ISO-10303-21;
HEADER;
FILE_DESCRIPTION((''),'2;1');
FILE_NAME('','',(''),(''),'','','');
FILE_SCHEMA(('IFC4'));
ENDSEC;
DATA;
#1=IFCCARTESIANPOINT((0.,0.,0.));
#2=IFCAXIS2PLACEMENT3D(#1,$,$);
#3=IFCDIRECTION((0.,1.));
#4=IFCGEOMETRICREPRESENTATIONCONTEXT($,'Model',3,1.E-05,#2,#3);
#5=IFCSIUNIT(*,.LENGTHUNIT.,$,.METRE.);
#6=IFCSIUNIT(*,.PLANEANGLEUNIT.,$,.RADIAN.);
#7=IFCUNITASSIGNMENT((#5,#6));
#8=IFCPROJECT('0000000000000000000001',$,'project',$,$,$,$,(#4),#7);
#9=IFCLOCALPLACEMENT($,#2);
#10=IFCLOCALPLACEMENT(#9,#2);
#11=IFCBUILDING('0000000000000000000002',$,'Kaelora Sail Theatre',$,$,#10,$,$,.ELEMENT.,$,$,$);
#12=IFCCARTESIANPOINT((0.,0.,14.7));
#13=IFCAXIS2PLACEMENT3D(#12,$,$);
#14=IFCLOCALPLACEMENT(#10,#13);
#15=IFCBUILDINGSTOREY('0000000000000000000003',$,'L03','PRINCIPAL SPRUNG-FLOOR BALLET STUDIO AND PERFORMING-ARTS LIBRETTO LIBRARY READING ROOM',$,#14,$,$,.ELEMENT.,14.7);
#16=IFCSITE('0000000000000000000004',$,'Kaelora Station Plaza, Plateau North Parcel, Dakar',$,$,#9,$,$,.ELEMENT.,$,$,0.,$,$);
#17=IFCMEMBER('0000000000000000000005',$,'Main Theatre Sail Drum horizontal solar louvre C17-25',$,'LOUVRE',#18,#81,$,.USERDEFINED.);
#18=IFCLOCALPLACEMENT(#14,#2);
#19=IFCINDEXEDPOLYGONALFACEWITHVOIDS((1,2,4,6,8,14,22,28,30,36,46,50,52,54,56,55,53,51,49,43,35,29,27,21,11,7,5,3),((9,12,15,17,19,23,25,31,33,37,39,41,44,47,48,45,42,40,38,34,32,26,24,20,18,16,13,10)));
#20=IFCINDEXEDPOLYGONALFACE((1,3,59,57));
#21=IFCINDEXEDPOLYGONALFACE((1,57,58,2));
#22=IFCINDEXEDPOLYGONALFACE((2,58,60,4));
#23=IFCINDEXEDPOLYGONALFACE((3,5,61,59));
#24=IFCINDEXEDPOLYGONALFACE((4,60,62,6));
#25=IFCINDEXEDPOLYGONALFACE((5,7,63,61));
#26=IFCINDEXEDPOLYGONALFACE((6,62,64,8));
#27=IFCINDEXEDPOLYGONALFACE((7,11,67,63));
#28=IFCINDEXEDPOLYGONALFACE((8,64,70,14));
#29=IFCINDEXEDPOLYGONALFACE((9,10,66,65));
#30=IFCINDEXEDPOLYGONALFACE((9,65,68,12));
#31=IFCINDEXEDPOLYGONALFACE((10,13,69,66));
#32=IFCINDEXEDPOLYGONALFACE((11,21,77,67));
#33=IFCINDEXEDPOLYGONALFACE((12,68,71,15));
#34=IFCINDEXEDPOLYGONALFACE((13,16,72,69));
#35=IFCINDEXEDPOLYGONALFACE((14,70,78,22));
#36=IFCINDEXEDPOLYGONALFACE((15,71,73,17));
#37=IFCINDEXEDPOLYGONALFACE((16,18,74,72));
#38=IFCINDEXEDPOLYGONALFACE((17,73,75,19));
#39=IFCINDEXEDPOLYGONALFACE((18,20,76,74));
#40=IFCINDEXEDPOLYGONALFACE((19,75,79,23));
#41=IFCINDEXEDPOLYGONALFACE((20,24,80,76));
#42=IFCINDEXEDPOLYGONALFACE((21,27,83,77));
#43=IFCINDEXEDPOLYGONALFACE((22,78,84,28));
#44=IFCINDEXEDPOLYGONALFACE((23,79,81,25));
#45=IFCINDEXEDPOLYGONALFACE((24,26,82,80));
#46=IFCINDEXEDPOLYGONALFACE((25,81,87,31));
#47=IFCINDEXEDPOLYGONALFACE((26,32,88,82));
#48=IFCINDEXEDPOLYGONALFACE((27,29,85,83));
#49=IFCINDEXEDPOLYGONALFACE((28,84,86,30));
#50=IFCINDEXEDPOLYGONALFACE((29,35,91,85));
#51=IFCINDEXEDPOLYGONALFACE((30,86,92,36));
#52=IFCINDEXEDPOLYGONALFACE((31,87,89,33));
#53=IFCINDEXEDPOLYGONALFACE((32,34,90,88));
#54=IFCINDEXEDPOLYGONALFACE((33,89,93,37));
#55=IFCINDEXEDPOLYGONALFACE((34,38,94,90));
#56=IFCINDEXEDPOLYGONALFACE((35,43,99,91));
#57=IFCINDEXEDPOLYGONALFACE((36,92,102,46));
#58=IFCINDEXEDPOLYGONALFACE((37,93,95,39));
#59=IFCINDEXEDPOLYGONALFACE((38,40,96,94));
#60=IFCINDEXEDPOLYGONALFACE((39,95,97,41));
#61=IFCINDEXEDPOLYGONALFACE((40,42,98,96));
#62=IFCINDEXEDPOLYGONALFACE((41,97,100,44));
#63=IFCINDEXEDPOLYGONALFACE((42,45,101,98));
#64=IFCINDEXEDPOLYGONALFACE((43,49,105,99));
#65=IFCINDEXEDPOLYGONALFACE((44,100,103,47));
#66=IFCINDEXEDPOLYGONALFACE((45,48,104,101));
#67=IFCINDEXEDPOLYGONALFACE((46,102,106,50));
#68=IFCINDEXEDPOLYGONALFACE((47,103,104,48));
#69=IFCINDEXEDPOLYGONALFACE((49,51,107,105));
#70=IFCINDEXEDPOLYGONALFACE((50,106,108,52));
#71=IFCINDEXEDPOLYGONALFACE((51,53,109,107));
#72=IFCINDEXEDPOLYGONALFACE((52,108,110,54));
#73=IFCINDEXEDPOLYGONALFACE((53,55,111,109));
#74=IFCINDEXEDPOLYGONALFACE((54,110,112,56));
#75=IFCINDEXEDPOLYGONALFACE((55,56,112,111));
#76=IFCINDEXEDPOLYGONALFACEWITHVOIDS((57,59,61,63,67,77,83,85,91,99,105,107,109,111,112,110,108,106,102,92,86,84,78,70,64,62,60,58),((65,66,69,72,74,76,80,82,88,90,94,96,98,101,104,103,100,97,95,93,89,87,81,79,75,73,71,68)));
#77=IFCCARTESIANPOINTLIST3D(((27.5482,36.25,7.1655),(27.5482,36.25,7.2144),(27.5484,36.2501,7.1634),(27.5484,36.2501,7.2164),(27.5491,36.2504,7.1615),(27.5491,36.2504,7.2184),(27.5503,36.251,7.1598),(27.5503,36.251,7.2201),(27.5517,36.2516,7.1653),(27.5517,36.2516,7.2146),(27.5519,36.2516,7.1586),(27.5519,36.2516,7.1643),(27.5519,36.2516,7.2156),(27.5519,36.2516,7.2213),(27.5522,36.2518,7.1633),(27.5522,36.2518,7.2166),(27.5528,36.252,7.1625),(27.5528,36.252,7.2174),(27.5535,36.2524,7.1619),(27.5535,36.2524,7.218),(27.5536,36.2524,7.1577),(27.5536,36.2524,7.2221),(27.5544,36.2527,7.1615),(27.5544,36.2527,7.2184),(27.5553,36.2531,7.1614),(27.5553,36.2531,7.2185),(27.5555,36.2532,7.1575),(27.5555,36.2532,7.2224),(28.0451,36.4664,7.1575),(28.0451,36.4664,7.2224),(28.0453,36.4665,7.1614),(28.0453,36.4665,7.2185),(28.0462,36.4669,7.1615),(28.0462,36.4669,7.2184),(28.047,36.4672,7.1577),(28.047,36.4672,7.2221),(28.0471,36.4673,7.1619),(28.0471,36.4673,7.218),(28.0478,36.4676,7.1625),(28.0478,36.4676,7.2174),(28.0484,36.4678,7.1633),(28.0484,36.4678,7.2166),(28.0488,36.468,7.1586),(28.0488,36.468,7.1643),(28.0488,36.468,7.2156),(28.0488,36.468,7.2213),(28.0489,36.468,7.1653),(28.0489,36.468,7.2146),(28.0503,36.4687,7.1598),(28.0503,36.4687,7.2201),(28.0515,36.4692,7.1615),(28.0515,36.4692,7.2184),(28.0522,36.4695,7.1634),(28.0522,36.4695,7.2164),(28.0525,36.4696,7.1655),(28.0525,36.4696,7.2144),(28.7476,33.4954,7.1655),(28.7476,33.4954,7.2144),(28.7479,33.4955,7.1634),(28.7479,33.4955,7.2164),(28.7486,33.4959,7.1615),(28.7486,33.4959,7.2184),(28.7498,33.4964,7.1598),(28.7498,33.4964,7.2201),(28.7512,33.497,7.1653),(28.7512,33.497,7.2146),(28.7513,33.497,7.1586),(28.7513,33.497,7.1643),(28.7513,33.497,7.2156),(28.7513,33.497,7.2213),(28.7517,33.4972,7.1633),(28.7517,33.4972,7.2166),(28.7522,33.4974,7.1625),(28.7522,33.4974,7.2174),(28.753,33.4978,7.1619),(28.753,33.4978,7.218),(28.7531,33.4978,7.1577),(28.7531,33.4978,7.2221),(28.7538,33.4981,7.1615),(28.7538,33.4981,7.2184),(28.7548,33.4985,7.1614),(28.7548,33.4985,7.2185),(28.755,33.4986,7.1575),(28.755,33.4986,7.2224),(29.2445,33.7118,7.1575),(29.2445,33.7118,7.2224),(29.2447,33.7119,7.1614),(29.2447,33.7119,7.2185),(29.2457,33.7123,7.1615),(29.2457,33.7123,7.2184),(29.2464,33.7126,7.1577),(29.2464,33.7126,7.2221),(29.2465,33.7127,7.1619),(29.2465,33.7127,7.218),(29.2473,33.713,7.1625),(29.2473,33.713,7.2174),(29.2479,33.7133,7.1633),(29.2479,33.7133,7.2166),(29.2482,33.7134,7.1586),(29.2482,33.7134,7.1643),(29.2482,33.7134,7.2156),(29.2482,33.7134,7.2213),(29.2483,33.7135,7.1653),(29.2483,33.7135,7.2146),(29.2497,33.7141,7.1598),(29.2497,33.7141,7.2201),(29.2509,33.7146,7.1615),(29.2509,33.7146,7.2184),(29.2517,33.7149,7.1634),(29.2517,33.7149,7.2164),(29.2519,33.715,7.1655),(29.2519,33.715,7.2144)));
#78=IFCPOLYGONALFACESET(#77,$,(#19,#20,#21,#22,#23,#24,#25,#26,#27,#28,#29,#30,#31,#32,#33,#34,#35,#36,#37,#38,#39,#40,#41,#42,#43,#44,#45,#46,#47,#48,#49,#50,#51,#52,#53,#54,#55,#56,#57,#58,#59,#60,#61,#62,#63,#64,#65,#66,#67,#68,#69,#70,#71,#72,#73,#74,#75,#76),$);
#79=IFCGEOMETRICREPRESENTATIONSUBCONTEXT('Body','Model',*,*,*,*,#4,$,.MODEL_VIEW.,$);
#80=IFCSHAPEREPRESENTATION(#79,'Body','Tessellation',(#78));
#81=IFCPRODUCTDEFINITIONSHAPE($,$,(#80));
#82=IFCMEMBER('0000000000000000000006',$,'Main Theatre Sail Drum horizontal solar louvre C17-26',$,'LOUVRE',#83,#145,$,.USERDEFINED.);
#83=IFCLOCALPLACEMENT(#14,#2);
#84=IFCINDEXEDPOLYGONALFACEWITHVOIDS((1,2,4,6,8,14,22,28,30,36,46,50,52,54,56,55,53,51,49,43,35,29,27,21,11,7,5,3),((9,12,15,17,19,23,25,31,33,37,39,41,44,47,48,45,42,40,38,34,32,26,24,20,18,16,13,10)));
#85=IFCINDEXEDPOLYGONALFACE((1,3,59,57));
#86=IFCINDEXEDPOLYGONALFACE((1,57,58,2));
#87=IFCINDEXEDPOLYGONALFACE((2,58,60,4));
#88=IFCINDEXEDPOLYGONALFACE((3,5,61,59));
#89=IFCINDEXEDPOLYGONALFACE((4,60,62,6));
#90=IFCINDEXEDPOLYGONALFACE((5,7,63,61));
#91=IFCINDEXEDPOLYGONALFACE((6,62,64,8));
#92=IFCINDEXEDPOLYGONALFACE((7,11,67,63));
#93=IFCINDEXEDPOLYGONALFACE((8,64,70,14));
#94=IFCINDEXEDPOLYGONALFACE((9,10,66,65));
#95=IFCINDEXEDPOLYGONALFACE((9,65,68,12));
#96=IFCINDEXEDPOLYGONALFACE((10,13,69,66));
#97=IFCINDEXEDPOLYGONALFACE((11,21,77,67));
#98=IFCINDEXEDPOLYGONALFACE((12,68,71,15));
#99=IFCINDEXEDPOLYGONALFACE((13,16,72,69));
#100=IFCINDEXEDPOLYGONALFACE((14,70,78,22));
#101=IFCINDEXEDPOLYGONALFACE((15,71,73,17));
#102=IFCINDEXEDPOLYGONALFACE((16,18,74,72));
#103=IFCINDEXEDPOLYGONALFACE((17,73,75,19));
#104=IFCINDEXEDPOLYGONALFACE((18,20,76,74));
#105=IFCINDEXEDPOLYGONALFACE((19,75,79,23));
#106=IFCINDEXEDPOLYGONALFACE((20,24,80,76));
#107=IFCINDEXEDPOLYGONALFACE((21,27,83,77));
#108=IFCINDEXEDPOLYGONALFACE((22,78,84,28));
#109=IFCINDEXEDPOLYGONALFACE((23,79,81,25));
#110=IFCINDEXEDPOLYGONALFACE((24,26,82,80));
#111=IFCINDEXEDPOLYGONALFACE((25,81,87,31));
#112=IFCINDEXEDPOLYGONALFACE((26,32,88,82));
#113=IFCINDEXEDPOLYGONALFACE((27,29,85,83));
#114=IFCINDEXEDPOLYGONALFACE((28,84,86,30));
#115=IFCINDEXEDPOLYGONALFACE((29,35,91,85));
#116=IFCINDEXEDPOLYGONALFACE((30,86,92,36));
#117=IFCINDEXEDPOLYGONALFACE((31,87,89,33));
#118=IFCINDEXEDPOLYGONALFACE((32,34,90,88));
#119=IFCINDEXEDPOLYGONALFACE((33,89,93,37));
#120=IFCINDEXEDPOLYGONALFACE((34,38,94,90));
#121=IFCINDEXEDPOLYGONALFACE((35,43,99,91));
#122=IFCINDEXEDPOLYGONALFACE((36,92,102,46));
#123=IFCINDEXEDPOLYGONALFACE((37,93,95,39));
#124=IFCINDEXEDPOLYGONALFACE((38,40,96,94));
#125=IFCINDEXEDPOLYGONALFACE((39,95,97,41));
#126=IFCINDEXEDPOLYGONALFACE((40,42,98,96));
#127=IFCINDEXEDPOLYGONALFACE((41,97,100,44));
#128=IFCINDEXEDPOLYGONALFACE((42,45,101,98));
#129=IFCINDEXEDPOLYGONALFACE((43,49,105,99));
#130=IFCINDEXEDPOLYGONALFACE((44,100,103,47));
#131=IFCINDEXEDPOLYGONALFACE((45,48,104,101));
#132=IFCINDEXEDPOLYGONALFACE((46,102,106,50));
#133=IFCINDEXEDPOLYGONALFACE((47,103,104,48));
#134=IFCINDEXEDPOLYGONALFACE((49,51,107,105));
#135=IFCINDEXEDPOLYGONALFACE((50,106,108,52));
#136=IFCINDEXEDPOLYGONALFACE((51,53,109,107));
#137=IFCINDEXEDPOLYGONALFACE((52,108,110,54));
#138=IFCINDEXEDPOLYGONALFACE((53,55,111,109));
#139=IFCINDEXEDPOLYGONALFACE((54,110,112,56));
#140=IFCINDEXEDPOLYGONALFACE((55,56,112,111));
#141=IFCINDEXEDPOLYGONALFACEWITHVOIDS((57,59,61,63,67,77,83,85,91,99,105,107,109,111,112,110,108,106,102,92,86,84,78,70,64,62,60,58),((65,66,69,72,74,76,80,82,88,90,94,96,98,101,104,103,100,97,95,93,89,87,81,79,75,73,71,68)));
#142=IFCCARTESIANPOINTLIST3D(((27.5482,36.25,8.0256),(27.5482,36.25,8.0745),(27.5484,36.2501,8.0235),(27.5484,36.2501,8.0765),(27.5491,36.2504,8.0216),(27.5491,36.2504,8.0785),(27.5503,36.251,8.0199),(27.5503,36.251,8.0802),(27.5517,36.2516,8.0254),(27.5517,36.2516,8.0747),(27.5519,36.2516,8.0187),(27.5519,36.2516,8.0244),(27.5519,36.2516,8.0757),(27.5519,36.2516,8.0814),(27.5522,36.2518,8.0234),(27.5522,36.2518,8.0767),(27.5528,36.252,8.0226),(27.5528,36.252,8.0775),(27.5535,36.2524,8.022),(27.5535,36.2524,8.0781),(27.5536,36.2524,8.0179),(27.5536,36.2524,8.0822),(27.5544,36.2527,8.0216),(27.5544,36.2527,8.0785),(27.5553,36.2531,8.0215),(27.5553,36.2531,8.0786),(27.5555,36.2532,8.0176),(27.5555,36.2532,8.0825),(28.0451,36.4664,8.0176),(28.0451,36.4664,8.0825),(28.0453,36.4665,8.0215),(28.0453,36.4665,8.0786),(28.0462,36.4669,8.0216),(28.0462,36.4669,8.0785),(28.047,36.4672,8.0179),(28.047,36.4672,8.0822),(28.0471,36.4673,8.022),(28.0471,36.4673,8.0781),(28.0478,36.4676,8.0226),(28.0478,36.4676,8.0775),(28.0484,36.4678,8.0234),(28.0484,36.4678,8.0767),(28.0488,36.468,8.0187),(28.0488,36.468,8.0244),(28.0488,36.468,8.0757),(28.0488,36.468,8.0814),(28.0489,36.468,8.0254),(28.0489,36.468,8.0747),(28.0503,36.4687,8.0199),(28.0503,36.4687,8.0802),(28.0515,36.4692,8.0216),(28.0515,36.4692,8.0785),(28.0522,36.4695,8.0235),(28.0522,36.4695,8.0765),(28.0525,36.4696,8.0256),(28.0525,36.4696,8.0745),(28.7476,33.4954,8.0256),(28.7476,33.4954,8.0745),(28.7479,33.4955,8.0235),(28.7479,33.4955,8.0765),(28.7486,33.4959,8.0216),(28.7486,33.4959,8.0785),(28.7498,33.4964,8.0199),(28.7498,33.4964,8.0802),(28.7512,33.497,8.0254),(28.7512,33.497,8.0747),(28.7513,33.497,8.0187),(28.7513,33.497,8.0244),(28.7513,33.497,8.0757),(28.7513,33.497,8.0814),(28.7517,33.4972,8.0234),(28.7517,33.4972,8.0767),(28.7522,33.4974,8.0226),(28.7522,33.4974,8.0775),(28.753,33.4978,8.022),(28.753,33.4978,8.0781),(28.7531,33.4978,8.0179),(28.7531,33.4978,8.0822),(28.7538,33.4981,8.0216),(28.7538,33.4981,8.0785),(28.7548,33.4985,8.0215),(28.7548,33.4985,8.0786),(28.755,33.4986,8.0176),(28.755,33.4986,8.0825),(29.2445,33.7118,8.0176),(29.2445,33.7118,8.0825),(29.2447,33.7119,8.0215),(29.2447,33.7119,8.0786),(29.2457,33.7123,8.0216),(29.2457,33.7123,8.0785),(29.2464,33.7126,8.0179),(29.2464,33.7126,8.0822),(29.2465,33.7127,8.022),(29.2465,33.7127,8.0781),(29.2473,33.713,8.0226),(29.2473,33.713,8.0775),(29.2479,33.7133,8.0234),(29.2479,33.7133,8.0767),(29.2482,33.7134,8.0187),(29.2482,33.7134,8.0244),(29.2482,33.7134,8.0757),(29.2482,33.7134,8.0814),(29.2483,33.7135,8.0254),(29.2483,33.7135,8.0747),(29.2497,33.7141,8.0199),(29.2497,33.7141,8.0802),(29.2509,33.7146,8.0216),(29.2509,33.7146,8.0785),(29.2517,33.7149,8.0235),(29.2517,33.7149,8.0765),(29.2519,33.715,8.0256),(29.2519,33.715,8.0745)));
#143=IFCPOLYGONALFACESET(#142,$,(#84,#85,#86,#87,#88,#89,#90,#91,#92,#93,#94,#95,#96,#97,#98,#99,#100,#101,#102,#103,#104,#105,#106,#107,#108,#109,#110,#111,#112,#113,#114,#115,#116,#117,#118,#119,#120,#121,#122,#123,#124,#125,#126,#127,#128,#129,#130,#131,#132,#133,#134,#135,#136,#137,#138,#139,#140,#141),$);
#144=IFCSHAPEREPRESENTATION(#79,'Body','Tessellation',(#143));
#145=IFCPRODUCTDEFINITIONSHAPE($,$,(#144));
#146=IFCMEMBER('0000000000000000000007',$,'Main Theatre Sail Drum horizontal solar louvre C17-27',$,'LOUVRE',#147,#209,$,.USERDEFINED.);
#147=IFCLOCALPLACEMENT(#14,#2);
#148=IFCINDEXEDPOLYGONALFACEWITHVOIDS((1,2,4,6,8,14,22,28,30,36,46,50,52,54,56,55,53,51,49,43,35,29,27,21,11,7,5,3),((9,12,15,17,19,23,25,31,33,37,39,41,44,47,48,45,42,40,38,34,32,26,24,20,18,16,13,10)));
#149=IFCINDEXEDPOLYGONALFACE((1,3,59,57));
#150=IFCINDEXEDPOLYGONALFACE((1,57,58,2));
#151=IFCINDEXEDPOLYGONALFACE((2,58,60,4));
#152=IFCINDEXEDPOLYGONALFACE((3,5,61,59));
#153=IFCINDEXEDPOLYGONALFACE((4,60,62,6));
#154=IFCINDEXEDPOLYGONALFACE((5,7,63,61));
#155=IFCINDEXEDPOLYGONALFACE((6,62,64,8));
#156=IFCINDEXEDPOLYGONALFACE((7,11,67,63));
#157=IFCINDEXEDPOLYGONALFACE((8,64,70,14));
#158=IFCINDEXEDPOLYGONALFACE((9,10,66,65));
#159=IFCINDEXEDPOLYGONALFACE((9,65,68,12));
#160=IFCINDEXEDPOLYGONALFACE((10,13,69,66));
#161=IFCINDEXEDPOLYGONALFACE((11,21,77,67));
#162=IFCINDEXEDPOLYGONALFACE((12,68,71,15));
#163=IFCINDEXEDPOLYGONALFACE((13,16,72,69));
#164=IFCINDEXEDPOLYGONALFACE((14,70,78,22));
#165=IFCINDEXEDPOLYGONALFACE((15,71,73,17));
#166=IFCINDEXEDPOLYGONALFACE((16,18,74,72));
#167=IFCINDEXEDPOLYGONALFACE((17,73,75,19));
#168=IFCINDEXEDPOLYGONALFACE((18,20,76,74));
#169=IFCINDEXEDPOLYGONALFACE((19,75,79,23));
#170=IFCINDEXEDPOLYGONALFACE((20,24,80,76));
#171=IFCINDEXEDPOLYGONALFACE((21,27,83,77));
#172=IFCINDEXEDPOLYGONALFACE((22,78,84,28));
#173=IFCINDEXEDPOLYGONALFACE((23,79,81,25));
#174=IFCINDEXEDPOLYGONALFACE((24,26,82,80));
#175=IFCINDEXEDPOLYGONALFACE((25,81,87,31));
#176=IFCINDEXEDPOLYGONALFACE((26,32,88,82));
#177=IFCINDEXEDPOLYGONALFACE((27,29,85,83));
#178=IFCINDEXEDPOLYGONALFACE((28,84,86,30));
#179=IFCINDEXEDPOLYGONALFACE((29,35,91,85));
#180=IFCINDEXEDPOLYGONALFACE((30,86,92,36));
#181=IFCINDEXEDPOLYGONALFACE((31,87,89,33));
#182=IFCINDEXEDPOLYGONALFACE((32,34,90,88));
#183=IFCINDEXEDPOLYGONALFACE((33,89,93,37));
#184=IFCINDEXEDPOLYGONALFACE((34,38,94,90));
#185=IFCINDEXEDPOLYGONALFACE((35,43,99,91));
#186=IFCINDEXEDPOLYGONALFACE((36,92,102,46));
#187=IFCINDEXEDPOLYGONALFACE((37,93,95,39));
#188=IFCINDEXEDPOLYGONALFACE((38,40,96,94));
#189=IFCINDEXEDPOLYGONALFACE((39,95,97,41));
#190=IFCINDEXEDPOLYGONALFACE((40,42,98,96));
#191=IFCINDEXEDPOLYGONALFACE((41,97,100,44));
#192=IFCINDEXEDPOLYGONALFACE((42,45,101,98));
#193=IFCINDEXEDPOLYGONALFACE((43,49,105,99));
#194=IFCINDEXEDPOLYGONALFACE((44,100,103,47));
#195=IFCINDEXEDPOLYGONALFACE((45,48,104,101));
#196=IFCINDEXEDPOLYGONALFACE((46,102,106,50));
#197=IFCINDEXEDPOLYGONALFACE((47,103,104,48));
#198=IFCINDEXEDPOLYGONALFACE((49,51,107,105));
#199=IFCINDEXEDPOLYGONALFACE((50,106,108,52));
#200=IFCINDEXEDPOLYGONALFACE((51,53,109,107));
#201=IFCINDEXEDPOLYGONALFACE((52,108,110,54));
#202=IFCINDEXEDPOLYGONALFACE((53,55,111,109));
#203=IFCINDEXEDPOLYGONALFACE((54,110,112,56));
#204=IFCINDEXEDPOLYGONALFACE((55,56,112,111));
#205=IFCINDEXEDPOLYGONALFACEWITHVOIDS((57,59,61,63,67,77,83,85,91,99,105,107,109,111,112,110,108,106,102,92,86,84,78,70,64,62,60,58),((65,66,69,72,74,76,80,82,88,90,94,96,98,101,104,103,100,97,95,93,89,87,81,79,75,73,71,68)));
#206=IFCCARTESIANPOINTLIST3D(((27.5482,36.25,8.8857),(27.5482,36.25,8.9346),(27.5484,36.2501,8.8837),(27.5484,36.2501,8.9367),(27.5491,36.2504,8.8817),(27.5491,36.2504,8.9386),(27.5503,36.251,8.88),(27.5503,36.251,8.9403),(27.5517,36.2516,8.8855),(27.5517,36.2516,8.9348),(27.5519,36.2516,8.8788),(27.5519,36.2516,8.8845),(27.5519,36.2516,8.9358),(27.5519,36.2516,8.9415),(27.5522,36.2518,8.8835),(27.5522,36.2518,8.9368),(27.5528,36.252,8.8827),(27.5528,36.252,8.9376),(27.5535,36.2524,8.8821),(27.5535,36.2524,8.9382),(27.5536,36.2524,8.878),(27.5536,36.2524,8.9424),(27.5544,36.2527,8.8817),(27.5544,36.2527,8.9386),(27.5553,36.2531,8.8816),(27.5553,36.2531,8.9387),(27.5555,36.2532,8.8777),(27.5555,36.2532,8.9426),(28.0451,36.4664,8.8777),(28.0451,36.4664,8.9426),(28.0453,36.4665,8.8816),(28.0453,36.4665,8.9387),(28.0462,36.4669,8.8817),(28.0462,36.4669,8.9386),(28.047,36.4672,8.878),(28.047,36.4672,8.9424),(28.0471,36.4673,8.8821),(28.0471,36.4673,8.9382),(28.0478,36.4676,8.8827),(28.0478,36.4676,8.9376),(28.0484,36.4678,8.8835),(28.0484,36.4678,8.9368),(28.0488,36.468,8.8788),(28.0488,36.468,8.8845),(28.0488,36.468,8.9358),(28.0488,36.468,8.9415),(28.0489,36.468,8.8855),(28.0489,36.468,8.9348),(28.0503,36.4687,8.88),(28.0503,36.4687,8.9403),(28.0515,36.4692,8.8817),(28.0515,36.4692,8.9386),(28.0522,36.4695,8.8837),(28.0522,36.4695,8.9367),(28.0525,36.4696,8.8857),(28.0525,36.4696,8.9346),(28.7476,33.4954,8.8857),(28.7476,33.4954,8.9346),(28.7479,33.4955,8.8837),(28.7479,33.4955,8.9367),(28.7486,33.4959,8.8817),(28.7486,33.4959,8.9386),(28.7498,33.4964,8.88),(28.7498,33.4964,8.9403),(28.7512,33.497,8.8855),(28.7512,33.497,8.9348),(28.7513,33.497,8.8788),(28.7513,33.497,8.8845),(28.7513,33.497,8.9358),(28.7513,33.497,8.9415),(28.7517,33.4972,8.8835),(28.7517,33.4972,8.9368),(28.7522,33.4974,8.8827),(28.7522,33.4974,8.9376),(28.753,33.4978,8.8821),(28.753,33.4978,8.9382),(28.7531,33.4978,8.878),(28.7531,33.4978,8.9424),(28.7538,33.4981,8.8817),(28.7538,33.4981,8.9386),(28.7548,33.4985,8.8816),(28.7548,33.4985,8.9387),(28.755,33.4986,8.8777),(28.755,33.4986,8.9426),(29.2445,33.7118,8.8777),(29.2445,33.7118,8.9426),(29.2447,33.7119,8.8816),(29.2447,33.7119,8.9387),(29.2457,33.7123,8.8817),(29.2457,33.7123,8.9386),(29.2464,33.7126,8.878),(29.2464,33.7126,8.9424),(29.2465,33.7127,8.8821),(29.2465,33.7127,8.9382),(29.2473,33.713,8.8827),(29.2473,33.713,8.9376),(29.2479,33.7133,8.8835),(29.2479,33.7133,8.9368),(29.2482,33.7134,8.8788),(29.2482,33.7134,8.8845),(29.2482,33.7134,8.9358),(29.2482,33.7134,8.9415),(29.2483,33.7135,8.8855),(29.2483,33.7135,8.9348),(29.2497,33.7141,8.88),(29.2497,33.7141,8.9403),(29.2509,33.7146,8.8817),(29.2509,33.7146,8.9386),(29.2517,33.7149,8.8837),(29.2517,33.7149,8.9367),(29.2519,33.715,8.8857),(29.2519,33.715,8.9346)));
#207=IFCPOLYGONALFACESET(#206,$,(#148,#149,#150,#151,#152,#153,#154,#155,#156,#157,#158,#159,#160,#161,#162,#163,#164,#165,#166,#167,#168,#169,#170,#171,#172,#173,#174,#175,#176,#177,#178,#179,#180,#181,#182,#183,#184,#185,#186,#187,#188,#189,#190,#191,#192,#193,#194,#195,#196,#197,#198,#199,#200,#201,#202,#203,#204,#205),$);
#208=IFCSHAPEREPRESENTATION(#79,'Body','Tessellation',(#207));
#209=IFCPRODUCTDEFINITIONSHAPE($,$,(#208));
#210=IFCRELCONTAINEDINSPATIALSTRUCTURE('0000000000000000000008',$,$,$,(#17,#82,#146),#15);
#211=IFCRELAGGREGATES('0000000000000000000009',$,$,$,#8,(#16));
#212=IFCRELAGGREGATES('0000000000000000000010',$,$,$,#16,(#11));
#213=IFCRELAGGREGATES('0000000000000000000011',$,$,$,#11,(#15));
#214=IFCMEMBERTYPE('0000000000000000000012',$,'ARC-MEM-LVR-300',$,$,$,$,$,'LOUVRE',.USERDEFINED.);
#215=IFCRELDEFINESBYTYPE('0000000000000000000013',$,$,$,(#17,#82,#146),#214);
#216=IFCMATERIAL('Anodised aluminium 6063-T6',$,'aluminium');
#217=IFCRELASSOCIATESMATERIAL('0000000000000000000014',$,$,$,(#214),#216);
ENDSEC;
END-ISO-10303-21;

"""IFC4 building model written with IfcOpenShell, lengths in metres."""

from ifc_helpers import new_model, si_unit, direction, frame, origin, origin_2d, place, context, subcontext, project, spatial, hollow_rectangle, extrude, material, material_profile, profile_set, type_object, element, save


model = new_model("IFC4")

# Units and contexts
model_context = context("Model", 3, precision=1e-05, world=origin(), true_north=direction((0.0, 1.0)))
body_context = subcontext(model_context, "Body", "Model", "MODEL_VIEW")
ifc_project = project(units=[si_unit("LENGTHUNIT", "METRE"), si_unit("PLANEANGLEUNIT", "RADIAN")], contexts=[model_context])

# Site, building, storey
site_placement = place(None, origin())
site = spatial("IfcSite", under=ifc_project, at=site_placement, Name="Kaelora Station Plaza, Plateau North Parcel, Dakar", CompositionType="ELEMENT", RefElevation=0.0)
building_placement = place(site_placement, origin())
building = spatial("IfcBuilding", under=site, at=building_placement, Name="Kaelora Sail Theatre", CompositionType="ELEMENT")
storey_placement = place(building_placement, frame((0.0, 0.0, 14.7)))
storey = spatial("IfcBuildingStorey", under=building, at=storey_placement, Name="L03", Description="PRINCIPAL SPRUNG-FLOOR BALLET STUDIO AND PERFORMING-ARTS LIBRETTO LIBRARY READING ROOM", CompositionType="ELEMENT", Elevation=14.7)

# Members
ifc_material_1 = material(Name="Anodised aluminium 6063-T6", Category="aluminium")
ifc_material_profile_1 = material_profile(ifc_material_1, hollow_rectangle(XDim=0.55, YDim=0.0649, WallThickness=0.0039, InnerFilletRadius=0.0039, OuterFilletRadius=0.0081, at=origin_2d()), Name="LOUVRE 550x65x4")
ifc_profile_set_1 = profile_set([ifc_material_profile_1], Name="Anodised aluminium 6063-T6")
member_type = type_object("IfcMemberType", Name="ARC-MEM-LVR-300", ElementType="LOUVRE", PredefinedType="USERDEFINED", material=ifc_profile_set_1)
for number, where, z_axis, x_axis, name in (
    (1, (28.9998, 33.6052, 7.1899), (-0.399228, 0.916852, 0.0), (-0.916852, -0.399228, 0.0), "Main Theatre Sail Drum horizontal solar louvre C17-25"),
    (2, (28.9998, 33.6052, 8.05), (-0.399228, 0.916852, 0.0), (-0.916852, -0.399228, 0.0), "Main Theatre Sail Drum horizontal solar louvre C17-26"),
    (3, (28.9998, 33.6052, 8.9102), (-0.399228, 0.916852, 0.0), (-0.916852, -0.399228, 0.0), "Main Theatre Sail Drum horizontal solar louvre C17-27"),
):
    element("IfcMember", number, at=place(storey_placement, frame(where, z_axis=z_axis, x_axis=x_axis)), inside=storey, type_object=member_type, Name=name, ObjectType="LOUVRE", PredefinedType="USERDEFINED", context=body_context, shape_type="SweptSolid", body=[
        extrude(hollow_rectangle(XDim=0.55, YDim=0.0649, WallThickness=0.0039, InnerFilletRadius=0.0039, OuterFilletRadius=0.0081, at=origin_2d()), origin(), (0.0, 0.0, 1.0), 3.0044),
    ])

save(model, "model.ifc")
